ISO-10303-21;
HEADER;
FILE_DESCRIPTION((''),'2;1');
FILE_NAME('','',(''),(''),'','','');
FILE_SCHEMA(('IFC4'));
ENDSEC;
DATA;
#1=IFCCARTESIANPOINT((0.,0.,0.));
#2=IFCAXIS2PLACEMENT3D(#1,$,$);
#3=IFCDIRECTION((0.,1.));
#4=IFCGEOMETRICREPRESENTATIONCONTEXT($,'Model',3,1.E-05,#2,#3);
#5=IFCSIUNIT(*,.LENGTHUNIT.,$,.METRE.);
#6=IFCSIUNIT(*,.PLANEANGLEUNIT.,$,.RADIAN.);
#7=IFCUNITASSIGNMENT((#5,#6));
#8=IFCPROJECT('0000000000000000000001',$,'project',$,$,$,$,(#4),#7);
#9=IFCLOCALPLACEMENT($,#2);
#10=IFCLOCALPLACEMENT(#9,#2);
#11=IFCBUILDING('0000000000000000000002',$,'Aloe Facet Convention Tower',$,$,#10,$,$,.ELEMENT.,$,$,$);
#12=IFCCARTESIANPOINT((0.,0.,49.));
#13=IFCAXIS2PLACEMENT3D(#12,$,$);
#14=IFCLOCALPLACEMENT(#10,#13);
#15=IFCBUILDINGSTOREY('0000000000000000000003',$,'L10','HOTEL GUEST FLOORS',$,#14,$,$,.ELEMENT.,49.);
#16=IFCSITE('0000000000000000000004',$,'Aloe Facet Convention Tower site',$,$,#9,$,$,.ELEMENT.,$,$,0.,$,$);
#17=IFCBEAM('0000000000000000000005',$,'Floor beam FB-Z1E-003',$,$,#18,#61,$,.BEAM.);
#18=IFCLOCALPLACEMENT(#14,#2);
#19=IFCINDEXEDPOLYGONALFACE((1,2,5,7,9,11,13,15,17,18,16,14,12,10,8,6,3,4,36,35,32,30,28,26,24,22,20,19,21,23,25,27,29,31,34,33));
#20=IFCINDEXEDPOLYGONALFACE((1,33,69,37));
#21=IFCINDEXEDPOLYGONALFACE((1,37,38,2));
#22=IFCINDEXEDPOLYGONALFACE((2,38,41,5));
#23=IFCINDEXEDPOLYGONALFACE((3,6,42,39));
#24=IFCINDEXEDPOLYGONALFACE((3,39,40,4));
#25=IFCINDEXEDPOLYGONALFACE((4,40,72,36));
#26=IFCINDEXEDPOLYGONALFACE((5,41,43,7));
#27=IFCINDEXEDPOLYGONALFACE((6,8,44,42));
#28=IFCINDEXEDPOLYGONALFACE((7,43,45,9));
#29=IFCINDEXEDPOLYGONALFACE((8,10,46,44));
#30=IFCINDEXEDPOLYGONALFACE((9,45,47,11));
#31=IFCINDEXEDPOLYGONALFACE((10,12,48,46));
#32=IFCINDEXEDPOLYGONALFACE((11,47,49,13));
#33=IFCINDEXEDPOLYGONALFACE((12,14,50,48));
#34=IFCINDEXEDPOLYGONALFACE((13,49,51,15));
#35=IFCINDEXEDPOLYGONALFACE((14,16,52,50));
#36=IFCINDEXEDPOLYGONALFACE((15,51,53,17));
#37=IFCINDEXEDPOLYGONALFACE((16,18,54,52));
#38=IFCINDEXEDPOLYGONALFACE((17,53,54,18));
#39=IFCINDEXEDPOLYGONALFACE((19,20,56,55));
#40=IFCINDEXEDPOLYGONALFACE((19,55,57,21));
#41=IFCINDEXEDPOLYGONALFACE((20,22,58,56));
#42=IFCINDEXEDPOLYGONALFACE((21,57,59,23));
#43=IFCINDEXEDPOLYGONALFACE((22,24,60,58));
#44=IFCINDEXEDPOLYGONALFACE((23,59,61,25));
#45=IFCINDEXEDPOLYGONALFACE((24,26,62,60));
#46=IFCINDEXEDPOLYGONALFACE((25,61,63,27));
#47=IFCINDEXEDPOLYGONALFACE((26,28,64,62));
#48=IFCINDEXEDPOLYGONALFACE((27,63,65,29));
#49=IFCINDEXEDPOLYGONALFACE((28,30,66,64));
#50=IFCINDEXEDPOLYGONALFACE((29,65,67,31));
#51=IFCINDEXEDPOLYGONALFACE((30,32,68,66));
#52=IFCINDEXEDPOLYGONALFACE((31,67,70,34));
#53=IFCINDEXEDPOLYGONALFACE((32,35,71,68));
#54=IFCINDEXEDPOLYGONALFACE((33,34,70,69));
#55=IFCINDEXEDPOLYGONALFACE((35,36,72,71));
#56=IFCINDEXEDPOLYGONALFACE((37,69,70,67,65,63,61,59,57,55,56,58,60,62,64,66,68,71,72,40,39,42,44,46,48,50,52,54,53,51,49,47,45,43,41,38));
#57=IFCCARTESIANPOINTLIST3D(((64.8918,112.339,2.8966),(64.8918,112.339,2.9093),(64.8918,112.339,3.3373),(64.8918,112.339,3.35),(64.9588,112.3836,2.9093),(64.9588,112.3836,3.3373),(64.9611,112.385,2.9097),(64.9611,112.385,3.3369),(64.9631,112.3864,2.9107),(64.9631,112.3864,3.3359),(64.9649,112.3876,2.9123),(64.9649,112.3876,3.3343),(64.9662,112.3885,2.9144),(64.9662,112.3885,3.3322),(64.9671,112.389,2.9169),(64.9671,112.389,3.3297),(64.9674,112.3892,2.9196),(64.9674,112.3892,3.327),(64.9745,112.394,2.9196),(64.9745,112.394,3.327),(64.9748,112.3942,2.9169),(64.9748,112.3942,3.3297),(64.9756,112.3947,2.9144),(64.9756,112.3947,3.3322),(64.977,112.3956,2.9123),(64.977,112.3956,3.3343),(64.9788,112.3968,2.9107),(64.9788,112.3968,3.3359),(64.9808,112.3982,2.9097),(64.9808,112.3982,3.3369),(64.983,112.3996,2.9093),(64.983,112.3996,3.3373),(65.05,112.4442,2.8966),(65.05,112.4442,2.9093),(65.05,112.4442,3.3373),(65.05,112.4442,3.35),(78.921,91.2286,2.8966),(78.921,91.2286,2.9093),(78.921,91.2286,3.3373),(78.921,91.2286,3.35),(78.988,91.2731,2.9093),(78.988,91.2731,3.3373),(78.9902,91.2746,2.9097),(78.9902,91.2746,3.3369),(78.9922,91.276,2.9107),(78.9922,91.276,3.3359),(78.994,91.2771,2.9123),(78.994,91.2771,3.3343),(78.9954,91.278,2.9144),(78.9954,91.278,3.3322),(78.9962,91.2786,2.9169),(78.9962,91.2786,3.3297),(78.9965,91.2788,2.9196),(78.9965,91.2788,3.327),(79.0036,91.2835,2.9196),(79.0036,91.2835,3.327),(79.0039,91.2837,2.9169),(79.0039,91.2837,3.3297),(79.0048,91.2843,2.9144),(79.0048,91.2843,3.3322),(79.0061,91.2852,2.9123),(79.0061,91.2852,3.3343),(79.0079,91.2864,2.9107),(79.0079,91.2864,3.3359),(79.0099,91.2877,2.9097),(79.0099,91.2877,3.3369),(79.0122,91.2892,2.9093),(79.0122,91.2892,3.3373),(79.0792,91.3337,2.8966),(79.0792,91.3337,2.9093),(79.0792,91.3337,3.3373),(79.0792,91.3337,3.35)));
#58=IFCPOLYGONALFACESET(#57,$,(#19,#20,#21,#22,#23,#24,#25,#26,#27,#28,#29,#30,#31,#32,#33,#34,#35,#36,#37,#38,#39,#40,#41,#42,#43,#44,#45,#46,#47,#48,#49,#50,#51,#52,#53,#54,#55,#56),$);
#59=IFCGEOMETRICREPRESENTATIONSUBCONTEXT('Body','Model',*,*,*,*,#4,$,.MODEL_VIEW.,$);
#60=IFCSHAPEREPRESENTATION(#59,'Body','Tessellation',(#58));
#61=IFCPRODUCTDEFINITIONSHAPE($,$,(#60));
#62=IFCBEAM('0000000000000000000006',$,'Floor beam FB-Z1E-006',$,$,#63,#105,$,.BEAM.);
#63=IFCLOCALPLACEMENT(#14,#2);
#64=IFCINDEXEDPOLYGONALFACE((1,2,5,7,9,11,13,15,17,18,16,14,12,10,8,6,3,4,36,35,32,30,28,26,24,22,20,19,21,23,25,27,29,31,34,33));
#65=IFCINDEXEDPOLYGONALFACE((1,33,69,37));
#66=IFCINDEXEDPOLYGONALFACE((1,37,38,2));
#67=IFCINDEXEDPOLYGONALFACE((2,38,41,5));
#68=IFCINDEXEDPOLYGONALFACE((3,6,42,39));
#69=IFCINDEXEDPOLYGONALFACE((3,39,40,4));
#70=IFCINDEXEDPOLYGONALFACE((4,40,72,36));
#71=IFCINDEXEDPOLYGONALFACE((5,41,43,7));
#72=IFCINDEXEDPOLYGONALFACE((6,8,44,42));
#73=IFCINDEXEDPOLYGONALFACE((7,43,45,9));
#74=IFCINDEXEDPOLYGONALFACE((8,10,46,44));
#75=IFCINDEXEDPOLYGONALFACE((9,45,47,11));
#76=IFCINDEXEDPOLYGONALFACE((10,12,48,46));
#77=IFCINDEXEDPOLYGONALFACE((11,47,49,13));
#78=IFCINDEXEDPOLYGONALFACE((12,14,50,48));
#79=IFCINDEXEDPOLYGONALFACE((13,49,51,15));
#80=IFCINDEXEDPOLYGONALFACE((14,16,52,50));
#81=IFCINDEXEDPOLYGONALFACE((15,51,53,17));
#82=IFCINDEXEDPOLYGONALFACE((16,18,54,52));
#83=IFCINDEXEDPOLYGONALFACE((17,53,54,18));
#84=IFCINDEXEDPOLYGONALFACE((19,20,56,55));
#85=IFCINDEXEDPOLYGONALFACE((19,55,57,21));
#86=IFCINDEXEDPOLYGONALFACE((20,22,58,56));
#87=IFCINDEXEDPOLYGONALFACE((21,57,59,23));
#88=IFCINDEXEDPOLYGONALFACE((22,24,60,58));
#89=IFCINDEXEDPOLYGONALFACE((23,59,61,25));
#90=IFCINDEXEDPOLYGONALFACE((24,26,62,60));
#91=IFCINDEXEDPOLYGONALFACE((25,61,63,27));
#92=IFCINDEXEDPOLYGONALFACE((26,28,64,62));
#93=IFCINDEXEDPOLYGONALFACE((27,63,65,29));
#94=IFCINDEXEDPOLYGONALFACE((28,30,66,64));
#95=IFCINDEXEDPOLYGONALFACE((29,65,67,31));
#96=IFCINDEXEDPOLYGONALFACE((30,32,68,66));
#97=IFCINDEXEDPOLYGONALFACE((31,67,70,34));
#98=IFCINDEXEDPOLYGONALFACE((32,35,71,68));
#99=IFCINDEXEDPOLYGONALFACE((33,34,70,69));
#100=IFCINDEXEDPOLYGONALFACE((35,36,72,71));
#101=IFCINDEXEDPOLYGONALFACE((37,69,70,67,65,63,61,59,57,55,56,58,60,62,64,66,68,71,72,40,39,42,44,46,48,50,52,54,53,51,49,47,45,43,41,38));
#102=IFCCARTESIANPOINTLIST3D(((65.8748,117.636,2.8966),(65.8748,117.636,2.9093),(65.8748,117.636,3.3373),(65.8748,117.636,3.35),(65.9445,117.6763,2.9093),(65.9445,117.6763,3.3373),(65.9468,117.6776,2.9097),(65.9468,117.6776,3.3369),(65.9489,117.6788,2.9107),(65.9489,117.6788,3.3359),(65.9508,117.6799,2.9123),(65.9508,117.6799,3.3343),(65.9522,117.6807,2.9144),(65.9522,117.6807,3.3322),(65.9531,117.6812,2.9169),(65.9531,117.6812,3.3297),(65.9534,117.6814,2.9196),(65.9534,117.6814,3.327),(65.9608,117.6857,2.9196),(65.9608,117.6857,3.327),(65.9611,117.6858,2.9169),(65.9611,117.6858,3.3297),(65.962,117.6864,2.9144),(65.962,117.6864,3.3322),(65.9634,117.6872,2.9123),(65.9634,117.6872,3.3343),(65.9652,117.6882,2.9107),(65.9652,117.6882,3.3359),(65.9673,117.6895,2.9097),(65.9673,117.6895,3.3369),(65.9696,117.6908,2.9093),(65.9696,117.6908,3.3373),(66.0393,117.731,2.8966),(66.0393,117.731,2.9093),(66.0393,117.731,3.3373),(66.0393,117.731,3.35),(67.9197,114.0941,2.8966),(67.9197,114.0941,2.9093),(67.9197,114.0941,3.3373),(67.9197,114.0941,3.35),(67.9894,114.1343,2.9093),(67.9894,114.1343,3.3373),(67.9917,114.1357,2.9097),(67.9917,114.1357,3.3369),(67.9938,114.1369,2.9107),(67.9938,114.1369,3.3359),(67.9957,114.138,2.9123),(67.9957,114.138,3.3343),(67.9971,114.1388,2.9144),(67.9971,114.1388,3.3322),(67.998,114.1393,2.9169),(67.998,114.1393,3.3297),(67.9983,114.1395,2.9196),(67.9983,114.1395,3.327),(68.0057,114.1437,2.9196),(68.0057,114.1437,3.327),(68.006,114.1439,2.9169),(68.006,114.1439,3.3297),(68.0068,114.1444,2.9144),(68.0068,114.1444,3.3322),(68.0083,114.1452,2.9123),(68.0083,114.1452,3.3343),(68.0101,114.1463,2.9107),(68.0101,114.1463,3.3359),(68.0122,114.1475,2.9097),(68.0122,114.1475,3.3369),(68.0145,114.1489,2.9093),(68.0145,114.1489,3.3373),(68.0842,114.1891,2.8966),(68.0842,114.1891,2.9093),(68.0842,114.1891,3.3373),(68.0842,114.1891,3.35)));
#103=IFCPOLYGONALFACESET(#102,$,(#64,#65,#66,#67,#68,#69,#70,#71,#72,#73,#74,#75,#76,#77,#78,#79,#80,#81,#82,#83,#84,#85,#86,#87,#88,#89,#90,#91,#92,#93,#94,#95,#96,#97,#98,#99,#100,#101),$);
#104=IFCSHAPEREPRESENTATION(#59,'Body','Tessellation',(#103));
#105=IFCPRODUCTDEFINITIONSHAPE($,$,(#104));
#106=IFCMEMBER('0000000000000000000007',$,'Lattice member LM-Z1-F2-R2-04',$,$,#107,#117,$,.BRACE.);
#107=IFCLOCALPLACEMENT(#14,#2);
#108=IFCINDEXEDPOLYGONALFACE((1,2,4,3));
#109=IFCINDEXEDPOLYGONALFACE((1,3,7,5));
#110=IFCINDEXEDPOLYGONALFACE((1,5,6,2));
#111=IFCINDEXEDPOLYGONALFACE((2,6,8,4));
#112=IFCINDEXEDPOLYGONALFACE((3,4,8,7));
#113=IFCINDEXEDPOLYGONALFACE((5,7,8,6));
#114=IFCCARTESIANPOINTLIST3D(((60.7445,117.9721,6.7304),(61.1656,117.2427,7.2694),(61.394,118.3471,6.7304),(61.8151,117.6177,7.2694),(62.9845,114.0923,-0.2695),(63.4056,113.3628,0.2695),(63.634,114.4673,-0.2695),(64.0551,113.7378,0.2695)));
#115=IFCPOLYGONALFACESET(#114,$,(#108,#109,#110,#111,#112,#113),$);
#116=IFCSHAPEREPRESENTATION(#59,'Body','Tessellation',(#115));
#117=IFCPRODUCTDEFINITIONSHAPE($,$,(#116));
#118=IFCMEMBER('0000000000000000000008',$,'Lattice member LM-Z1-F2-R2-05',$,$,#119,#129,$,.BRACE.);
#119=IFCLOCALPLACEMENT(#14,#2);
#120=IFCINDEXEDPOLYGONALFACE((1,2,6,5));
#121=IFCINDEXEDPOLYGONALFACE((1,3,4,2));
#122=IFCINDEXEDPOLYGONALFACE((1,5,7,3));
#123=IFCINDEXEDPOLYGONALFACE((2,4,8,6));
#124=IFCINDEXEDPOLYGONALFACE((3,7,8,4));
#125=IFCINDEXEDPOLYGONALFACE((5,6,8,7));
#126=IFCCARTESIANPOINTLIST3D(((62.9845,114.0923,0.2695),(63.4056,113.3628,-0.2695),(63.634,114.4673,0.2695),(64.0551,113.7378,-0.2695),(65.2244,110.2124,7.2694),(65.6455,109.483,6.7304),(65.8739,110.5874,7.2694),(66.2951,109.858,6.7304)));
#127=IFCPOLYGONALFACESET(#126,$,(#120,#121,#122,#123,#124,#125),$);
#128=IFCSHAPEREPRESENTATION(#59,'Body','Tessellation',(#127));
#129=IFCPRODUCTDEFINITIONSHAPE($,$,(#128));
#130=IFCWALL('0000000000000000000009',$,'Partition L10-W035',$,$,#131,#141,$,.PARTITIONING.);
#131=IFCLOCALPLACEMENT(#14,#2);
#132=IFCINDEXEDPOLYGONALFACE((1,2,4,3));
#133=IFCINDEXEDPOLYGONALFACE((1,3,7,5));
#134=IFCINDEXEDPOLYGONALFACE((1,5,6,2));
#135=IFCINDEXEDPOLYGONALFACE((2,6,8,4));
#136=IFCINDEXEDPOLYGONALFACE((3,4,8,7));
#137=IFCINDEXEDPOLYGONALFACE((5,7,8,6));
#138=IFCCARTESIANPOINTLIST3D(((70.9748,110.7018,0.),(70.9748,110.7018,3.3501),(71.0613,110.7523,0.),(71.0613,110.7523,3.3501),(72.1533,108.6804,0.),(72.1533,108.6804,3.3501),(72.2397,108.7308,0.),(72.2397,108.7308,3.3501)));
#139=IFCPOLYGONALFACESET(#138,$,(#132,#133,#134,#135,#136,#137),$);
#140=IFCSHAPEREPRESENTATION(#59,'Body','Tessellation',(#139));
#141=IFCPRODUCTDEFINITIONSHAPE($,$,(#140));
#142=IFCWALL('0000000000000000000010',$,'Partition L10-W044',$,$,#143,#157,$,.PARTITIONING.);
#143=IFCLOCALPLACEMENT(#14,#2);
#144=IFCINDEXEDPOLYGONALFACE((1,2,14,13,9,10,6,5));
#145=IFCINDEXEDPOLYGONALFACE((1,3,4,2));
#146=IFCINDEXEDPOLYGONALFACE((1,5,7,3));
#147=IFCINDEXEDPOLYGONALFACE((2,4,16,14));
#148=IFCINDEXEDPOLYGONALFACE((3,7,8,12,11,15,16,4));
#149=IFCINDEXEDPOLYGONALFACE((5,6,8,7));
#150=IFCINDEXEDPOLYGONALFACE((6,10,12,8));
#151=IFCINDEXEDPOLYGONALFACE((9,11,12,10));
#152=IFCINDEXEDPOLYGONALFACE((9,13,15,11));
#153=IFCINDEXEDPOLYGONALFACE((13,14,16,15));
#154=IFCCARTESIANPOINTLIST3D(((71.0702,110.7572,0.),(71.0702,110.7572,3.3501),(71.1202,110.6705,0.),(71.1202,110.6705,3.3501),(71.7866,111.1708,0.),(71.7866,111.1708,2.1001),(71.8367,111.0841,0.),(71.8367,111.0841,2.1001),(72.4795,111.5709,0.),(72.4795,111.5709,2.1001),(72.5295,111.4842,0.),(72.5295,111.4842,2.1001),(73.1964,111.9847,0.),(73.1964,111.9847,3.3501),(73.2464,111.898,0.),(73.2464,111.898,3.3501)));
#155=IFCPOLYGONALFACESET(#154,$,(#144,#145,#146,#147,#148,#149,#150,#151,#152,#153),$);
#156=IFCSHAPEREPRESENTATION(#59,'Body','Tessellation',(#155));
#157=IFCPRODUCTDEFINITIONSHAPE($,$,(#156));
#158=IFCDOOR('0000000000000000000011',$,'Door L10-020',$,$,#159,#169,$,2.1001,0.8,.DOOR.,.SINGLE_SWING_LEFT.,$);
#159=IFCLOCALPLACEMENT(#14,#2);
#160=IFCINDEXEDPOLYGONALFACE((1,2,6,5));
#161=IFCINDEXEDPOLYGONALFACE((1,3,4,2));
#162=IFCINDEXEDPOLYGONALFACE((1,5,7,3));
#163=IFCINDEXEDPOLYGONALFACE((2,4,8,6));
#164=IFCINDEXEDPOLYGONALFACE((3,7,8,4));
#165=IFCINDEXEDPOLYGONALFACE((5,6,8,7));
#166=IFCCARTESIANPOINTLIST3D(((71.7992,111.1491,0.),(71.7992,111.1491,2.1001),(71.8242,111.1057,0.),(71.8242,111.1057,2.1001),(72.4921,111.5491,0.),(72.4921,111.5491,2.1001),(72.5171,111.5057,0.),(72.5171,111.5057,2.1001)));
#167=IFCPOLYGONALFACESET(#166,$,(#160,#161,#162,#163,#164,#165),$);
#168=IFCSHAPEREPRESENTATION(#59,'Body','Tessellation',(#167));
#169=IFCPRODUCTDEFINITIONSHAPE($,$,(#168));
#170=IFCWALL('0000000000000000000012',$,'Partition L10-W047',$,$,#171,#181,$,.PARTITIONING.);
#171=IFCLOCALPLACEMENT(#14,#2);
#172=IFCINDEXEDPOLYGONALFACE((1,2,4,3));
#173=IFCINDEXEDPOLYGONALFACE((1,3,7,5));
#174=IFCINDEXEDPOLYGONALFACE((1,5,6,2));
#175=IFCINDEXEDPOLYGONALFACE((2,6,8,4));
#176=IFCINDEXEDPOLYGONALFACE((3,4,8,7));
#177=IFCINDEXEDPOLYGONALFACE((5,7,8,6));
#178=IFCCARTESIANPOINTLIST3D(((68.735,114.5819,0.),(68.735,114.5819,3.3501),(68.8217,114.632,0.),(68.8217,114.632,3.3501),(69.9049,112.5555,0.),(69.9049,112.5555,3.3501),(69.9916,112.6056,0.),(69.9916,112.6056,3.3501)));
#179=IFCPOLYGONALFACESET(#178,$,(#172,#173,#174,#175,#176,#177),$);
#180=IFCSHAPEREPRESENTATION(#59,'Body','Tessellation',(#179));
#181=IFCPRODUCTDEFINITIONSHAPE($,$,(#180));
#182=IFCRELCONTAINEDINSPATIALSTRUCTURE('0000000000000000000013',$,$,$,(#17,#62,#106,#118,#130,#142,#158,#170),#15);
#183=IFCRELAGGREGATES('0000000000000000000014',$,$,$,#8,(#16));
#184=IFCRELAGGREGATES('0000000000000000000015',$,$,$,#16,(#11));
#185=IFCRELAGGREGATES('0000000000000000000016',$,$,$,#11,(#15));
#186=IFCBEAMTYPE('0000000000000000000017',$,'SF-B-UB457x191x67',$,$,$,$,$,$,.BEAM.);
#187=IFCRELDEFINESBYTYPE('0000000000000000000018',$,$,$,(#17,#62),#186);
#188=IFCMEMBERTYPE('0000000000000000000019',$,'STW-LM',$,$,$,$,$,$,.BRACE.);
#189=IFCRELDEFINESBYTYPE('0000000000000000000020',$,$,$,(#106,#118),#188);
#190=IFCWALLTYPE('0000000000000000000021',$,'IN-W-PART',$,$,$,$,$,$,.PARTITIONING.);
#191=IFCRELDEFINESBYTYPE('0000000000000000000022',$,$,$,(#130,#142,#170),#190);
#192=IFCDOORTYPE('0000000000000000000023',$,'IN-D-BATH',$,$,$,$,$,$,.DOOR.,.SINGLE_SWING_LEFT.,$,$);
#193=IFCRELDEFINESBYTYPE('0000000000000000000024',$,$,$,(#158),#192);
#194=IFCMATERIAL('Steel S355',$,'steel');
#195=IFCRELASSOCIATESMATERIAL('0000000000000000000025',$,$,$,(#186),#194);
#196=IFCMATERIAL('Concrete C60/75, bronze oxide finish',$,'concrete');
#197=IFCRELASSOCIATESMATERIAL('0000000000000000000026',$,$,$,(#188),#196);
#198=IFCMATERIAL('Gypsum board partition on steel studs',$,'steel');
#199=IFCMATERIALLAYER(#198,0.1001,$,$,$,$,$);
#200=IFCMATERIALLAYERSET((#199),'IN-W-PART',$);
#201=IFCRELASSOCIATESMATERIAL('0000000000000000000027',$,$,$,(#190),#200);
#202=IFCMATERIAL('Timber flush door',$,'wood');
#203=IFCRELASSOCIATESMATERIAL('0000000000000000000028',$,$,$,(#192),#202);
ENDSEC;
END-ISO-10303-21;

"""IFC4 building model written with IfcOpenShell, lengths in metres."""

from ifc_helpers import new_model, si_unit, direction, frame, frame_2d, origin, origin_2d, place, context, subcontext, project, spatial, rectangle, i_section, extrude, material, layer, layer_set, material_profile, profile_set, type_object, element, fill, save


model = new_model("IFC4")

# Units and contexts
model_context = context("Model", 3, precision=1e-05, world=origin(), true_north=direction((0.0, 1.0)))
body_context = subcontext(model_context, "Body", "Model", "MODEL_VIEW")
ifc_project = project(units=[si_unit("LENGTHUNIT", "METRE"), si_unit("PLANEANGLEUNIT", "RADIAN")], contexts=[model_context])

# Site, building, storey
site_placement = place(None, origin())
site = spatial("IfcSite", under=ifc_project, at=site_placement, Name="Aloe Facet Convention Tower site", CompositionType="ELEMENT", RefElevation=0.0)
building_placement = place(site_placement, origin())
building = spatial("IfcBuilding", under=site, at=building_placement, Name="Aloe Facet Convention Tower", CompositionType="ELEMENT")
storey_placement = place(building_placement, frame((0.0, 0.0, 49.0)))
storey = spatial("IfcBuildingStorey", under=building, at=storey_placement, Name="L10", Description="HOTEL GUEST FLOORS", CompositionType="ELEMENT", Elevation=49.0)

# Beams
ifc_material_1 = material(Name="Steel S355", Category="steel")
ifc_material_profile_1 = material_profile(ifc_material_1, i_section(OverallWidth=0.1899, OverallDepth=0.4534, WebThickness=0.0085, FlangeThickness=0.0127, FilletRadius=0.0103, at=origin_2d()), Name="UB 457x191x67")
ifc_profile_set_1 = profile_set([ifc_material_profile_1], Name="Steel S355")
beam_type_1 = type_object("IfcBeamType", Name="SF-B-UB457x191x67", PredefinedType="BEAM", material=ifc_profile_set_1)
beam_1_placement = place(storey_placement, frame((64.9709, 112.3916, 3.1233), z_axis=(0.553484, -0.83286, 0.0), x_axis=(0.83286, 0.553484, 0.0)))
element("IfcBeam", 1, at=beam_1_placement, inside=storey, type_object=beam_type_1, Name="Floor beam FB-Z1E-003", PredefinedType="BEAM", context=body_context, shape_type="SweptSolid", body=[
    extrude(i_section(OverallWidth=0.1899, OverallDepth=0.4534, WebThickness=0.0085, FlangeThickness=0.0127, FilletRadius=0.0103, at=origin_2d()), origin(), (0.0, 0.0, 1.0), 25.3469),
])
beam_2_placement = place(storey_placement, frame((68.002, 114.1416, 3.1233), z_axis=(-0.499991, 0.866031, 0.0), x_axis=(-0.866031, -0.499991, 0.0)))
element("IfcBeam", 2, at=beam_2_placement, inside=storey, type_object=beam_type_1, Name="Floor beam FB-Z1E-006", PredefinedType="BEAM", context=body_context, shape_type="SweptSolid", body=[
    extrude(i_section(OverallWidth=0.1899, OverallDepth=0.4534, WebThickness=0.0085, FlangeThickness=0.0127, FilletRadius=0.0103, at=origin_2d()), origin(), (0.0, 0.0, 1.0), 4.0898),
])

# Members
ifc_material_2 = material(Name="Concrete C60/75, bronze oxide finish", Category="concrete")
ifc_material_profile_2 = material_profile(ifc_material_2, rectangle(XDim=0.75, YDim=1.0, at=origin_2d()), Name="STW-LM")
ifc_profile_set_2 = profile_set([ifc_material_profile_2], Name="Concrete C60/75, bronze oxide finish")
member_type = type_object("IfcMemberType", Name="STW-LM", PredefinedType="BRACE", material=ifc_profile_set_2)
for number, where, z_axis, x_axis, name in (
    (3, (63.5198, 113.915, 0.0), (-0.269524, 0.466843, 0.842267), (-0.866031, -0.49999, 0.0), "Lattice member LM-Z1-F2-R2-04"),
    (4, (63.5198, 113.915, 0.0), (0.269524, -0.466843, 0.842267), (0.866031, 0.49999, 0.0), "Lattice member LM-Z1-F2-R2-05"),
):
    element("IfcMember", number, at=place(storey_placement, frame(where, z_axis=z_axis, x_axis=x_axis)), inside=storey, type_object=member_type, Name=name, PredefinedType="BRACE", context=body_context, shape_type="SweptSolid", body=[
        extrude(rectangle(XDim=0.75, YDim=1.0, at=origin_2d()), origin(), (0.0, 0.0, 1.0), 8.3108),
    ])

# Wall
ifc_material_3 = material(Name="Gypsum board partition on steel studs", Category="steel")
ifc_layer_1 = layer(ifc_material_3, 0.1001)
ifc_layer_set_1 = layer_set([ifc_layer_1], Name="IN-W-PART")
wall_type_1 = type_object("IfcWallType", Name="IN-W-PART", PredefinedType="PARTITIONING", material=ifc_layer_set_1)
wall_1_placement = place(storey_placement, frame((71.0181, 110.7271, 0.0), z_axis=(0.0, 0.0, 1.0), x_axis=(0.503637, -0.863915, 0.0)))
element("IfcWall", 5, at=wall_1_placement, inside=storey, type_object=wall_type_1, Name="Partition L10-W035", PredefinedType="PARTITIONING", context=body_context, shape_type="SweptSolid", body=[
    extrude(rectangle(XDim=2.3398, YDim=0.1001, at=frame_2d((1.1699, 0.0))), origin(), (0.0, 0.0, 1.0), 3.3501),
])

# Wall, opening, door
wall_2_placement = place(storey_placement, frame((71.0952, 110.7139, 0.0), z_axis=(0.0, 0.0, 1.0), x_axis=(0.866032, 0.499989, 0.0)))
wall_2 = element("IfcWall", 6, at=wall_2_placement, inside=storey, type_object=wall_type_1, Name="Partition L10-W044", PredefinedType="PARTITIONING", context=body_context, shape_type="SweptSolid", body=[
    extrude(rectangle(XDim=2.4551, YDim=0.1001, at=frame_2d((1.2275, 0.0))), origin(), (0.0, 0.0, 1.0), 3.3501),
])
opening_1_placement = place(wall_2_placement, frame((0.8274, 0.0, 0.0)))
opening_1 = element("IfcOpeningElement", 7, at=opening_1_placement, cuts=wall_2, PredefinedType="OPENING", context=body_context, shape_type="SweptSolid", body=[
    extrude(rectangle(XDim=0.8, YDim=2.1001, at=frame_2d((0.3999, 1.05))), frame((0.0, 0.0601, 0.0), z_axis=(0.0, -1.0, 0.0), x_axis=(1.0, 0.0, 0.0)), (0.0, 0.0, 1.0), 0.1201),
])
ifc_material_4 = material(Name="Timber flush door", Category="wood")
door_type = type_object("IfcDoorType", Name="IN-D-BATH", OperationType="SINGLE_SWING_LEFT", PredefinedType="DOOR", material=ifc_material_4)
door_1_placement = place(opening_1_placement, origin())
door_1 = element("IfcDoor", 8, at=door_1_placement, inside=storey, type_object=door_type, Name="Door L10-020", OperationType="SINGLE_SWING_LEFT", OverallHeight=2.1001, OverallWidth=0.8, PredefinedType="DOOR", context=body_context, shape_type="SweptSolid", body=[
    extrude(rectangle(XDim=0.8, YDim=2.1001, at=frame_2d((0.3999, 1.05))), frame((0.0, 0.0249, 0.0), z_axis=(0.0, -1.0, 0.0), x_axis=(1.0, 0.0, 0.0)), (0.0, 0.0, 1.0), 0.05),
])
fill(opening_1, door_1)

# Wall
wall_3_placement = place(storey_placement, frame((68.7783, 114.6069, 0.0), z_axis=(0.0, 0.0, 1.0), x_axis=(0.499999, -0.866026, 0.0)))
element("IfcWall", 9, at=wall_3_placement, inside=storey, type_object=wall_type_1, Name="Partition L10-W047", PredefinedType="PARTITIONING", context=body_context, shape_type="SweptSolid", body=[
    extrude(rectangle(XDim=2.3398, YDim=0.1001, at=frame_2d((1.1699, 0.0))), origin(), (0.0, 0.0, 1.0), 3.3501),
])

save(model, "model.ifc")
